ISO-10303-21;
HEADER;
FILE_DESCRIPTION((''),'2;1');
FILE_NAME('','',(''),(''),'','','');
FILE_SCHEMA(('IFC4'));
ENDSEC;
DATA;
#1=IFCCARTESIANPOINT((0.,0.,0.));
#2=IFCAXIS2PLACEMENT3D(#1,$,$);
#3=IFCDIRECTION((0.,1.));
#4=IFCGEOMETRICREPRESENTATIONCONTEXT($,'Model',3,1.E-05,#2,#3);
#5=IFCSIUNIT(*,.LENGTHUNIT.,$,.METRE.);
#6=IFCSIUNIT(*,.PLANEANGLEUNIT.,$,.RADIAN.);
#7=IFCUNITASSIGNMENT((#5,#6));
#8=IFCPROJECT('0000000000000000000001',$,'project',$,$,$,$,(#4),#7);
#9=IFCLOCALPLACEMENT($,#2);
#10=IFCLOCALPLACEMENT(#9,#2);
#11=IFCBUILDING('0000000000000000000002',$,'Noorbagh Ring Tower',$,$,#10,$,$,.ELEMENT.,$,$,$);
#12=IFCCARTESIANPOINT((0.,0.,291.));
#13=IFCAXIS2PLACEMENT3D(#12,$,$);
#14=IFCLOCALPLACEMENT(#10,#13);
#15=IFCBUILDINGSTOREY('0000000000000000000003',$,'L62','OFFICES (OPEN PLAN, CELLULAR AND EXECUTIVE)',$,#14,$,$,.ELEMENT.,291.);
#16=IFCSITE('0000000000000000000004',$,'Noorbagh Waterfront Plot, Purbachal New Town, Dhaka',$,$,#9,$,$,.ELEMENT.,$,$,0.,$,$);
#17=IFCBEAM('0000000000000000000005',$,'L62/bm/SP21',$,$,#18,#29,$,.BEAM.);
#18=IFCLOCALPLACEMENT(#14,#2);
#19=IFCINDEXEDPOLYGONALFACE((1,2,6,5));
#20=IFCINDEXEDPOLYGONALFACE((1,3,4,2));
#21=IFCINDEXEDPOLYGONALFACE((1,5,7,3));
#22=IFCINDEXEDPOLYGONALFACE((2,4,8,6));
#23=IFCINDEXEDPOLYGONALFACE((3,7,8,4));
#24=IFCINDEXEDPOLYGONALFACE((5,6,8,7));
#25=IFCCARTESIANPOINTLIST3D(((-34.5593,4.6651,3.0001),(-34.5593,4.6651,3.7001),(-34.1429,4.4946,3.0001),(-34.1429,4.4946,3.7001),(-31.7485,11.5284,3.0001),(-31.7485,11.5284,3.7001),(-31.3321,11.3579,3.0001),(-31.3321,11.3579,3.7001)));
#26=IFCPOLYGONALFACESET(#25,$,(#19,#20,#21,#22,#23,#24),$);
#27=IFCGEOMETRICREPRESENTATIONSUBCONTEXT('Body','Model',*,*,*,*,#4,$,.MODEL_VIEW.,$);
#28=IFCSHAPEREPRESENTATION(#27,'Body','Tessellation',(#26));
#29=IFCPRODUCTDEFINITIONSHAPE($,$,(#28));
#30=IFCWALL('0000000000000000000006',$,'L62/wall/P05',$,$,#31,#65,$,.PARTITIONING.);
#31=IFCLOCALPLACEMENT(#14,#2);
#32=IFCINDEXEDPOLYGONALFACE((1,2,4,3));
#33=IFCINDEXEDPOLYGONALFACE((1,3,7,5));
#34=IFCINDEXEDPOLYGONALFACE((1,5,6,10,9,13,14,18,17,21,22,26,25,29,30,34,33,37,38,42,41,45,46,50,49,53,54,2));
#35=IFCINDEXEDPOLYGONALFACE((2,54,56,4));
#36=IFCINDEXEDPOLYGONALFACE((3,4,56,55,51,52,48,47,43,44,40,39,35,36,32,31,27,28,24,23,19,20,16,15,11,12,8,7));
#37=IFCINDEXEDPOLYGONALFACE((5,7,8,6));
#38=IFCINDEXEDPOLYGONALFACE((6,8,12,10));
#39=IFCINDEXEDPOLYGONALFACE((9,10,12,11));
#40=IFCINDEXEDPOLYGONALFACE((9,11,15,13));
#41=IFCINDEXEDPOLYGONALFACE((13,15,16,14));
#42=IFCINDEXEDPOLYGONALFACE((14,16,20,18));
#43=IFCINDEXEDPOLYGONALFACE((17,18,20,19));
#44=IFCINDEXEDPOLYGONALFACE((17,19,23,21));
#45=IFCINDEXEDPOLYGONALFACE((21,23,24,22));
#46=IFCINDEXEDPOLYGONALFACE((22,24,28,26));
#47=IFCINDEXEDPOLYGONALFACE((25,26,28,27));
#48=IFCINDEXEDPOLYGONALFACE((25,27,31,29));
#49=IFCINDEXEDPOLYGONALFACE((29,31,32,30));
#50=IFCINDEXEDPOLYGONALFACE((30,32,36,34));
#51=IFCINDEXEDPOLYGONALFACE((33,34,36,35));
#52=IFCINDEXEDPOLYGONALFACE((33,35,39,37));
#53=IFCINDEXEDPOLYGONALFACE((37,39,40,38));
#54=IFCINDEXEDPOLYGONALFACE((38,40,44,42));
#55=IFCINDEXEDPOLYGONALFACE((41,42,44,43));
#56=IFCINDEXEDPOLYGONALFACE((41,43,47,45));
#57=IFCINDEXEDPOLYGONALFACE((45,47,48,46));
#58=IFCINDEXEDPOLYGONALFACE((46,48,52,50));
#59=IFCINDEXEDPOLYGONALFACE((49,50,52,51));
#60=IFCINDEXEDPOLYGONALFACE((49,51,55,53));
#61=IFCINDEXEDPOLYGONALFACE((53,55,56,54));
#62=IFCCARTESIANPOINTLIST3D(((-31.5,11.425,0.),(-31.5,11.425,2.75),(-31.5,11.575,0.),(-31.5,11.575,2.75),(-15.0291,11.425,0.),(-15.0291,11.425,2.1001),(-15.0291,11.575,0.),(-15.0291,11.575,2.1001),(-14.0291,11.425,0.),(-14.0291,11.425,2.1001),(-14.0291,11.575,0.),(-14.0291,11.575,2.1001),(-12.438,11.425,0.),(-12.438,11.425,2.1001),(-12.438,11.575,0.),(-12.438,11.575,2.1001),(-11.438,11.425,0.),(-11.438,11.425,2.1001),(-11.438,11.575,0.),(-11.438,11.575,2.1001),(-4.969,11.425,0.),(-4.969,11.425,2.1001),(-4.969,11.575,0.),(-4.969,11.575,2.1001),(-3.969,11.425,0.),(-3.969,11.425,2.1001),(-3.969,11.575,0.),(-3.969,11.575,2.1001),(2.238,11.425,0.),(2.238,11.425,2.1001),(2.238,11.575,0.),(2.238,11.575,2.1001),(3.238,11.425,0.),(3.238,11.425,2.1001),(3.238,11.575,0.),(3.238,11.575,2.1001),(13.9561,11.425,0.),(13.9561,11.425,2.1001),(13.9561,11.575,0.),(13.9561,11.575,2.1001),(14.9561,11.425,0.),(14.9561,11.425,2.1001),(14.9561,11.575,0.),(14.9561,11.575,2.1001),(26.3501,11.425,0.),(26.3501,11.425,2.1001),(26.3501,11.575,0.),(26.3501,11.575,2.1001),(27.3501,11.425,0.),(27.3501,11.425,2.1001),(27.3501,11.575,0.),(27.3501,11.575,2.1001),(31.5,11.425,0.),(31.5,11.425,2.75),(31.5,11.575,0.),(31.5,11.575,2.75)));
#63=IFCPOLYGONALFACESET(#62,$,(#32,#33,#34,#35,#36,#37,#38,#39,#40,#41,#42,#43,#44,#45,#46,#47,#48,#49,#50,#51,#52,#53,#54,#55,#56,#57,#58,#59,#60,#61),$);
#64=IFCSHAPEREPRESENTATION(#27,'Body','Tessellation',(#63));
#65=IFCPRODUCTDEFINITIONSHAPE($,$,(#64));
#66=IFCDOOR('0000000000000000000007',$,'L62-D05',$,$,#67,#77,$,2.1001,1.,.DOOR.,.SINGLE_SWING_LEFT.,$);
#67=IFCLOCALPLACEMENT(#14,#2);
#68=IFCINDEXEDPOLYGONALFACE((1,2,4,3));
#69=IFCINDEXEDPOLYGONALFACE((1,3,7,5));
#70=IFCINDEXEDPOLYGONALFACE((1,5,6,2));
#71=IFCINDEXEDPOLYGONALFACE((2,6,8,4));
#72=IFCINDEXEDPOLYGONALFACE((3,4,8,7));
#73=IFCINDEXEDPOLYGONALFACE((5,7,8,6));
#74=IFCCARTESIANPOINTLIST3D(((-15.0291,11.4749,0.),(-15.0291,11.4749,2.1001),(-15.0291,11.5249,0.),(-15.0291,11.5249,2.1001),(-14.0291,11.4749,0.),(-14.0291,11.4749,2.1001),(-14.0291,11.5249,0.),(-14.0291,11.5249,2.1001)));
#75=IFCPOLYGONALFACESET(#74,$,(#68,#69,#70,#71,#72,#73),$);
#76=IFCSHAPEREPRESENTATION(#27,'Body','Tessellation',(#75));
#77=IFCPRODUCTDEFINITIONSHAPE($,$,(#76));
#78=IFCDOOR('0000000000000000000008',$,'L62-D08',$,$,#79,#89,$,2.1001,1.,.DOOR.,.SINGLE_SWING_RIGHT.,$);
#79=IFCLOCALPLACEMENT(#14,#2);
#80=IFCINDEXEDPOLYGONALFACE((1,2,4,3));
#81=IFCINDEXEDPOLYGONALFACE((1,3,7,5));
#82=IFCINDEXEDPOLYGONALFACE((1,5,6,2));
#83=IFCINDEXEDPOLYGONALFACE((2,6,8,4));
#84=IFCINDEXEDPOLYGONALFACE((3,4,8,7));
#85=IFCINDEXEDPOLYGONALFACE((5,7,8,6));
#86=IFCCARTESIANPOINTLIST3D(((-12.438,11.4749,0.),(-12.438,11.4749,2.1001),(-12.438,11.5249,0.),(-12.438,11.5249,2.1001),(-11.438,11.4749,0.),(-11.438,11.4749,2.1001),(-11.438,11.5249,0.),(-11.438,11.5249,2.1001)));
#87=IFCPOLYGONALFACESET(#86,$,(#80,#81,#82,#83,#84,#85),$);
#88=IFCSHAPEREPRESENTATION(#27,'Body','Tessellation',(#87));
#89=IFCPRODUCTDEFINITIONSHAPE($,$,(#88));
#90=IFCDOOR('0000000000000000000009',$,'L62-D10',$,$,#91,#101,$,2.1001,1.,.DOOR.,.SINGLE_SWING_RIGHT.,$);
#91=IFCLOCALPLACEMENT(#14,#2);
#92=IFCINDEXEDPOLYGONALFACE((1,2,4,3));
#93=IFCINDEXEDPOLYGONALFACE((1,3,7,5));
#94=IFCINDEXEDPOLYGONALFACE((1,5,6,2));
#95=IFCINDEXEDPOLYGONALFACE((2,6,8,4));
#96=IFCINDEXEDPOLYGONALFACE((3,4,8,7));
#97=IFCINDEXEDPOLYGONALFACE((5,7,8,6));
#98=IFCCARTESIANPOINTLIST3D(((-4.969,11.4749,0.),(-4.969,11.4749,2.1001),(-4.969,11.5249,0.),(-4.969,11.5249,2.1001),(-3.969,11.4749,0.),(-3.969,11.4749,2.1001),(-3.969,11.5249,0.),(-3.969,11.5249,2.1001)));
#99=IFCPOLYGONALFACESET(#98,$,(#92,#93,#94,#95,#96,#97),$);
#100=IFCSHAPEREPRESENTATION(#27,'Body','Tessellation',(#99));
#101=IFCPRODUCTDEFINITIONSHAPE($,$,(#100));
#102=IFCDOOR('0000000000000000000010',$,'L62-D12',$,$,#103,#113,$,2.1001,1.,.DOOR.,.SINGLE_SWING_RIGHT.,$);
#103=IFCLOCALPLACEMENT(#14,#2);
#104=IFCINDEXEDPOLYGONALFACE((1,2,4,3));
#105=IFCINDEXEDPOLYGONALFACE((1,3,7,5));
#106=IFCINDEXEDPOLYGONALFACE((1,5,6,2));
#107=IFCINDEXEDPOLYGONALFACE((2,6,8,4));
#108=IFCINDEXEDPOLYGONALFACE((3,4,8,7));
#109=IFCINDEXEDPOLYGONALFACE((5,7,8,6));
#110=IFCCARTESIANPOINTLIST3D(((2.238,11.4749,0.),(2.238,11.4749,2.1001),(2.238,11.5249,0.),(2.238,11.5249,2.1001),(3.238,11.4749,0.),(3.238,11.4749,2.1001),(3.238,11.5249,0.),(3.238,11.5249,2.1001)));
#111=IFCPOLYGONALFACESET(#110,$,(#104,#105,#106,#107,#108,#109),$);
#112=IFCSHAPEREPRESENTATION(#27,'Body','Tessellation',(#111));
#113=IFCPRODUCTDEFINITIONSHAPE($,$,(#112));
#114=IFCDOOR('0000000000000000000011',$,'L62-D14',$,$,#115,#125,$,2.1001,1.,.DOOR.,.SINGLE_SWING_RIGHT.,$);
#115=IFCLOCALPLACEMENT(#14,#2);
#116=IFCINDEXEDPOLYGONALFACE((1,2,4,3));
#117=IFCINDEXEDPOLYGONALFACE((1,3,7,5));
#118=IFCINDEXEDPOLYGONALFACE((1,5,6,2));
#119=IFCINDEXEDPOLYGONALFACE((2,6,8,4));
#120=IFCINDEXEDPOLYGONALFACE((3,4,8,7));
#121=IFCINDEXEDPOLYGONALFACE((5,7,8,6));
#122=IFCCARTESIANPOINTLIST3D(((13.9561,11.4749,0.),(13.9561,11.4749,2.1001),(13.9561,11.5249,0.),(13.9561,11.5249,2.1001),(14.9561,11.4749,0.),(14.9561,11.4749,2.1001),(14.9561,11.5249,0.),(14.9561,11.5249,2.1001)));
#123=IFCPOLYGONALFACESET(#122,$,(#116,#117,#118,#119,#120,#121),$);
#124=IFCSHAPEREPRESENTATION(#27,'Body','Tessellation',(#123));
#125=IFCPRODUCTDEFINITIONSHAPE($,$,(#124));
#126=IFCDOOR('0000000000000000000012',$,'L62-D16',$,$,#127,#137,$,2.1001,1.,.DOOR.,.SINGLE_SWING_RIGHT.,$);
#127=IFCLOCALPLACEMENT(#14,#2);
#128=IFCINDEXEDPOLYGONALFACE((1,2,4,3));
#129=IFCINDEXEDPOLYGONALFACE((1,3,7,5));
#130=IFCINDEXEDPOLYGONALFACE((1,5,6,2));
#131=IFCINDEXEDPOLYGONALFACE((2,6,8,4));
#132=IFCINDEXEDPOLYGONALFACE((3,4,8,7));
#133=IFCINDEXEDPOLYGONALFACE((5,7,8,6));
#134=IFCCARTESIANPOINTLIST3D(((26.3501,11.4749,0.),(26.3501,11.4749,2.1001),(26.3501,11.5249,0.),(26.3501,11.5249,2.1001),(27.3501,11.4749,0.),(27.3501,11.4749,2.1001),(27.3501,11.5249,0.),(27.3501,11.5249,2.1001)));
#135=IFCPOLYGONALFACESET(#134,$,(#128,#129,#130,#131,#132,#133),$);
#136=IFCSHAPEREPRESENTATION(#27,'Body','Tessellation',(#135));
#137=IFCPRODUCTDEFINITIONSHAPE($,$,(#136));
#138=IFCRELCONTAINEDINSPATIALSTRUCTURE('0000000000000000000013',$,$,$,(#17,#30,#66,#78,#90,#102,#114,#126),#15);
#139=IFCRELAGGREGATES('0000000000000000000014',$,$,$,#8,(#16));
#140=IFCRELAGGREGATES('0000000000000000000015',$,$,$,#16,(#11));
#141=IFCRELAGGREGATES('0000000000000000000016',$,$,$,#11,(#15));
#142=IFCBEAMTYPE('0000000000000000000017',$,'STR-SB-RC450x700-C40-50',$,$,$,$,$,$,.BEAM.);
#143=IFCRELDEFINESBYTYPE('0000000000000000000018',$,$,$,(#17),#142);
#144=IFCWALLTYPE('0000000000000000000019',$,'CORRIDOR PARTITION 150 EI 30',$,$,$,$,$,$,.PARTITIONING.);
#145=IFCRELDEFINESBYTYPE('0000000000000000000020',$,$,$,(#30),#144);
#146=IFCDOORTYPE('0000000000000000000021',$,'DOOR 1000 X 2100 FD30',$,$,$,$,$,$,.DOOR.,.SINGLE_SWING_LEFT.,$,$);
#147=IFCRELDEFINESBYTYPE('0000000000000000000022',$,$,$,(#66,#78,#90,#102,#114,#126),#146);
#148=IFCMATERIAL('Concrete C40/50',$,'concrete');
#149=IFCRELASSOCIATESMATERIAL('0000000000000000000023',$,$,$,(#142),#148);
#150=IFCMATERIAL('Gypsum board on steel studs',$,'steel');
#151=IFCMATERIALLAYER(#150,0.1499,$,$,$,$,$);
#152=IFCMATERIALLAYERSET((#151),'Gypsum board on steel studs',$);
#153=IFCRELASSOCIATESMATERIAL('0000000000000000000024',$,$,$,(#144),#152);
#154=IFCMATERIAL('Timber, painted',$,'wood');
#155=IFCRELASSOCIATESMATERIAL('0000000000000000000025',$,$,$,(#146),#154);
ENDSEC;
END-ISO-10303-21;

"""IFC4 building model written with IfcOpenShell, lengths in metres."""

from ifc_helpers import new_model, si_unit, direction, frame, frame_2d, origin, origin_2d, place, context, subcontext, project, spatial, rectangle, extrude, material, layer, layer_set, material_profile, profile_set, type_object, element, fill, save


model = new_model("IFC4")

# Units and contexts
model_context = context("Model", 3, precision=1e-05, world=origin(), true_north=direction((0.0, 1.0)))
body_context = subcontext(model_context, "Body", "Model", "MODEL_VIEW")
ifc_project = project(units=[si_unit("LENGTHUNIT", "METRE"), si_unit("PLANEANGLEUNIT", "RADIAN")], contexts=[model_context])

# Site, building, storey
site_placement = place(None, origin())
site = spatial("IfcSite", under=ifc_project, at=site_placement, Name="Noorbagh Waterfront Plot, Purbachal New Town, Dhaka", CompositionType="ELEMENT", RefElevation=0.0)
building_placement = place(site_placement, origin())
building = spatial("IfcBuilding", under=site, at=building_placement, Name="Noorbagh Ring Tower", CompositionType="ELEMENT")
storey_placement = place(building_placement, frame((0.0, 0.0, 291.0)))
storey = spatial("IfcBuildingStorey", under=building, at=storey_placement, Name="L62", Description="OFFICES (OPEN PLAN, CELLULAR AND EXECUTIVE)", CompositionType="ELEMENT", Elevation=291.0)

# Beam
ifc_material_1 = material(Name="Concrete C40/50", Category="concrete")
ifc_material_profile_1 = material_profile(ifc_material_1, rectangle(XDim=0.45, YDim=0.7, at=origin_2d()), Name="RC450x700")
ifc_profile_set_1 = profile_set([ifc_material_profile_1], Name="Concrete C40/50")
beam_type_1 = type_object("IfcBeamType", Name="STR-SB-RC450x700-C40-50", PredefinedType="BEAM", material=ifc_profile_set_1)
beam_1_placement = place(storey_placement, frame((-31.5403, 11.4431, 3.3501), z_axis=(-0.378989, -0.925401, 0.0), x_axis=(0.925401, -0.378989, 0.0)))
element("IfcBeam", 1, at=beam_1_placement, inside=storey, type_object=beam_type_1, Name="L62/bm/SP21", PredefinedType="BEAM", context=body_context, shape_type="SweptSolid", body=[
    extrude(rectangle(XDim=0.45, YDim=0.7, at=origin_2d()), origin(), (0.0, 0.0, 1.0), 7.4165),
])

# Wall, openings, doors
ifc_material_2 = material(Name="Gypsum board on steel studs", Category="steel")
ifc_layer_1 = layer(ifc_material_2, 0.1499)
ifc_layer_set_1 = layer_set([ifc_layer_1], Name="Gypsum board on steel studs")
wall_type_1 = type_object("IfcWallType", Name="CORRIDOR PARTITION 150 EI 30", PredefinedType="PARTITIONING", material=ifc_layer_set_1)
wall_1_placement = place(storey_placement, frame((-31.5, 11.5, 0.0), z_axis=(0.0, 0.0, 1.0), x_axis=(1.0, 0.0, 0.0)))
wall_1 = element("IfcWall", 2, at=wall_1_placement, inside=storey, type_object=wall_type_1, Name="L62/wall/P05", PredefinedType="PARTITIONING", context=body_context, shape_type="SweptSolid", body=[
    extrude(rectangle(XDim=63.0, YDim=0.1499, at=frame_2d((31.5, 0.0))), origin(), (0.0, 0.0, 1.0), 2.75),
])
opening_1_placement = place(wall_1_placement, frame((16.4709, 0.0, 0.0)))
opening_1 = element("IfcOpeningElement", 3, at=opening_1_placement, cuts=wall_1, PredefinedType="OPENING", context=body_context, shape_type="SweptSolid", body=[
    extrude(rectangle(XDim=1.0, YDim=2.1001, at=frame_2d((0.5, 1.05))), frame((0.0, 0.085, 0.0), z_axis=(0.0, -1.0, 0.0), x_axis=(1.0, 0.0, 0.0)), (0.0, 0.0, 1.0), 0.1699),
])
opening_2_placement = place(wall_1_placement, frame((19.062, 0.0, 0.0)))
opening_2 = element("IfcOpeningElement", 4, at=opening_2_placement, cuts=wall_1, PredefinedType="OPENING", context=body_context, shape_type="SweptSolid", body=[
    extrude(rectangle(XDim=1.0, YDim=2.1001, at=frame_2d((0.5, 1.05))), frame((0.0, 0.085, 0.0), z_axis=(0.0, -1.0, 0.0), x_axis=(1.0, 0.0, 0.0)), (0.0, 0.0, 1.0), 0.1699),
])
opening_3_placement = place(wall_1_placement, frame((26.531, 0.0, 0.0)))
opening_3 = element("IfcOpeningElement", 5, at=opening_3_placement, cuts=wall_1, PredefinedType="OPENING", context=body_context, shape_type="SweptSolid", body=[
    extrude(rectangle(XDim=1.0, YDim=2.1001, at=frame_2d((0.5, 1.05))), frame((0.0, 0.085, 0.0), z_axis=(0.0, -1.0, 0.0), x_axis=(1.0, 0.0, 0.0)), (0.0, 0.0, 1.0), 0.1699),
])
opening_4_placement = place(wall_1_placement, frame((33.738, 0.0, 0.0)))
opening_4 = element("IfcOpeningElement", 6, at=opening_4_placement, cuts=wall_1, PredefinedType="OPENING", context=body_context, shape_type="SweptSolid", body=[
    extrude(rectangle(XDim=1.0, YDim=2.1001, at=frame_2d((0.5, 1.05))), frame((0.0, 0.085, 0.0), z_axis=(0.0, -1.0, 0.0), x_axis=(1.0, 0.0, 0.0)), (0.0, 0.0, 1.0), 0.1699),
])
opening_5_placement = place(wall_1_placement, frame((45.4561, 0.0, 0.0)))
opening_5 = element("IfcOpeningElement", 7, at=opening_5_placement, cuts=wall_1, PredefinedType="OPENING", context=body_context, shape_type="SweptSolid", body=[
    extrude(rectangle(XDim=1.0, YDim=2.1001, at=frame_2d((0.5, 1.05))), frame((0.0, 0.085, 0.0), z_axis=(0.0, -1.0, 0.0), x_axis=(1.0, 0.0, 0.0)), (0.0, 0.0, 1.0), 0.1699),
])
opening_6_placement = place(wall_1_placement, frame((57.8501, 0.0, 0.0)))
opening_6 = element("IfcOpeningElement", 8, at=opening_6_placement, cuts=wall_1, PredefinedType="OPENING", context=body_context, shape_type="SweptSolid", body=[
    extrude(rectangle(XDim=1.0, YDim=2.1001, at=frame_2d((0.5, 1.05))), frame((0.0, 0.085, 0.0), z_axis=(0.0, -1.0, 0.0), x_axis=(1.0, 0.0, 0.0)), (0.0, 0.0, 1.0), 0.1699),
])
ifc_material_3 = material(Name="Timber, painted", Category="wood")
door_type_1 = type_object("IfcDoorType", Name="DOOR 1000 X 2100 FD30", OperationType="SINGLE_SWING_LEFT", PredefinedType="DOOR", material=ifc_material_3)
door_1_placement = place(opening_1_placement, origin())
door_1 = element("IfcDoor", 9, at=door_1_placement, inside=storey, type_object=door_type_1, Name="L62-D05", OperationType="SINGLE_SWING_LEFT", OverallHeight=2.1001, OverallWidth=1.0, PredefinedType="DOOR", context=body_context, shape_type="SweptSolid", body=[
    extrude(rectangle(XDim=1.0, YDim=2.1001, at=frame_2d((0.5, 1.05))), frame((0.0, 0.0249, 0.0), z_axis=(0.0, -1.0, 0.0), x_axis=(1.0, 0.0, 0.0)), (0.0, 0.0, 1.0), 0.05),
])
fill(opening_1, door_1)
door_2_placement = place(opening_2_placement, origin())
door_2 = element("IfcDoor", 10, at=door_2_placement, inside=storey, type_object=door_type_1, Name="L62-D08", OperationType="SINGLE_SWING_RIGHT", OverallHeight=2.1001, OverallWidth=1.0, PredefinedType="DOOR", context=body_context, shape_type="SweptSolid", body=[
    extrude(rectangle(XDim=1.0, YDim=2.1001, at=frame_2d((0.5, 1.05))), frame((0.0, 0.0249, 0.0), z_axis=(0.0, -1.0, 0.0), x_axis=(1.0, 0.0, 0.0)), (0.0, 0.0, 1.0), 0.05),
])
fill(opening_2, door_2)
door_3_placement = place(opening_3_placement, origin())
door_3 = element("IfcDoor", 11, at=door_3_placement, inside=storey, type_object=door_type_1, Name="L62-D10", OperationType="SINGLE_SWING_RIGHT", OverallHeight=2.1001, OverallWidth=1.0, PredefinedType="DOOR", context=body_context, shape_type="SweptSolid", body=[
    extrude(rectangle(XDim=1.0, YDim=2.1001, at=frame_2d((0.5, 1.05))), frame((0.0, 0.0249, 0.0), z_axis=(0.0, -1.0, 0.0), x_axis=(1.0, 0.0, 0.0)), (0.0, 0.0, 1.0), 0.05),
])
fill(opening_3, door_3)
door_4_placement = place(opening_4_placement, origin())
door_4 = element("IfcDoor", 12, at=door_4_placement, inside=storey, type_object=door_type_1, Name="L62-D12", OperationType="SINGLE_SWING_RIGHT", OverallHeight=2.1001, OverallWidth=1.0, PredefinedType="DOOR", context=body_context, shape_type="SweptSolid", body=[
    extrude(rectangle(XDim=1.0, YDim=2.1001, at=frame_2d((0.5, 1.05))), frame((0.0, 0.0249, 0.0), z_axis=(0.0, -1.0, 0.0), x_axis=(1.0, 0.0, 0.0)), (0.0, 0.0, 1.0), 0.05),
])
fill(opening_4, door_4)
door_5_placement = place(opening_5_placement, origin())
door_5 = element("IfcDoor", 13, at=door_5_placement, inside=storey, type_object=door_type_1, Name="L62-D14", OperationType="SINGLE_SWING_RIGHT", OverallHeight=2.1001, OverallWidth=1.0, PredefinedType="DOOR", context=body_context, shape_type="SweptSolid", body=[
    extrude(rectangle(XDim=1.0, YDim=2.1001, at=frame_2d((0.5, 1.05))), frame((0.0, 0.0249, 0.0), z_axis=(0.0, -1.0, 0.0), x_axis=(1.0, 0.0, 0.0)), (0.0, 0.0, 1.0), 0.05),
])
fill(opening_5, door_5)
door_6_placement = place(opening_6_placement, origin())
door_6 = element("IfcDoor", 14, at=door_6_placement, inside=storey, type_object=door_type_1, Name="L62-D16", OperationType="SINGLE_SWING_RIGHT", OverallHeight=2.1001, OverallWidth=1.0, PredefinedType="DOOR", context=body_context, shape_type="SweptSolid", body=[
    extrude(rectangle(XDim=1.0, YDim=2.1001, at=frame_2d((0.5, 1.05))), frame((0.0, 0.0249, 0.0), z_axis=(0.0, -1.0, 0.0), x_axis=(1.0, 0.0, 0.0)), (0.0, 0.0, 1.0), 0.05),
])
fill(opening_6, door_6)

save(model, "model.ifc")
